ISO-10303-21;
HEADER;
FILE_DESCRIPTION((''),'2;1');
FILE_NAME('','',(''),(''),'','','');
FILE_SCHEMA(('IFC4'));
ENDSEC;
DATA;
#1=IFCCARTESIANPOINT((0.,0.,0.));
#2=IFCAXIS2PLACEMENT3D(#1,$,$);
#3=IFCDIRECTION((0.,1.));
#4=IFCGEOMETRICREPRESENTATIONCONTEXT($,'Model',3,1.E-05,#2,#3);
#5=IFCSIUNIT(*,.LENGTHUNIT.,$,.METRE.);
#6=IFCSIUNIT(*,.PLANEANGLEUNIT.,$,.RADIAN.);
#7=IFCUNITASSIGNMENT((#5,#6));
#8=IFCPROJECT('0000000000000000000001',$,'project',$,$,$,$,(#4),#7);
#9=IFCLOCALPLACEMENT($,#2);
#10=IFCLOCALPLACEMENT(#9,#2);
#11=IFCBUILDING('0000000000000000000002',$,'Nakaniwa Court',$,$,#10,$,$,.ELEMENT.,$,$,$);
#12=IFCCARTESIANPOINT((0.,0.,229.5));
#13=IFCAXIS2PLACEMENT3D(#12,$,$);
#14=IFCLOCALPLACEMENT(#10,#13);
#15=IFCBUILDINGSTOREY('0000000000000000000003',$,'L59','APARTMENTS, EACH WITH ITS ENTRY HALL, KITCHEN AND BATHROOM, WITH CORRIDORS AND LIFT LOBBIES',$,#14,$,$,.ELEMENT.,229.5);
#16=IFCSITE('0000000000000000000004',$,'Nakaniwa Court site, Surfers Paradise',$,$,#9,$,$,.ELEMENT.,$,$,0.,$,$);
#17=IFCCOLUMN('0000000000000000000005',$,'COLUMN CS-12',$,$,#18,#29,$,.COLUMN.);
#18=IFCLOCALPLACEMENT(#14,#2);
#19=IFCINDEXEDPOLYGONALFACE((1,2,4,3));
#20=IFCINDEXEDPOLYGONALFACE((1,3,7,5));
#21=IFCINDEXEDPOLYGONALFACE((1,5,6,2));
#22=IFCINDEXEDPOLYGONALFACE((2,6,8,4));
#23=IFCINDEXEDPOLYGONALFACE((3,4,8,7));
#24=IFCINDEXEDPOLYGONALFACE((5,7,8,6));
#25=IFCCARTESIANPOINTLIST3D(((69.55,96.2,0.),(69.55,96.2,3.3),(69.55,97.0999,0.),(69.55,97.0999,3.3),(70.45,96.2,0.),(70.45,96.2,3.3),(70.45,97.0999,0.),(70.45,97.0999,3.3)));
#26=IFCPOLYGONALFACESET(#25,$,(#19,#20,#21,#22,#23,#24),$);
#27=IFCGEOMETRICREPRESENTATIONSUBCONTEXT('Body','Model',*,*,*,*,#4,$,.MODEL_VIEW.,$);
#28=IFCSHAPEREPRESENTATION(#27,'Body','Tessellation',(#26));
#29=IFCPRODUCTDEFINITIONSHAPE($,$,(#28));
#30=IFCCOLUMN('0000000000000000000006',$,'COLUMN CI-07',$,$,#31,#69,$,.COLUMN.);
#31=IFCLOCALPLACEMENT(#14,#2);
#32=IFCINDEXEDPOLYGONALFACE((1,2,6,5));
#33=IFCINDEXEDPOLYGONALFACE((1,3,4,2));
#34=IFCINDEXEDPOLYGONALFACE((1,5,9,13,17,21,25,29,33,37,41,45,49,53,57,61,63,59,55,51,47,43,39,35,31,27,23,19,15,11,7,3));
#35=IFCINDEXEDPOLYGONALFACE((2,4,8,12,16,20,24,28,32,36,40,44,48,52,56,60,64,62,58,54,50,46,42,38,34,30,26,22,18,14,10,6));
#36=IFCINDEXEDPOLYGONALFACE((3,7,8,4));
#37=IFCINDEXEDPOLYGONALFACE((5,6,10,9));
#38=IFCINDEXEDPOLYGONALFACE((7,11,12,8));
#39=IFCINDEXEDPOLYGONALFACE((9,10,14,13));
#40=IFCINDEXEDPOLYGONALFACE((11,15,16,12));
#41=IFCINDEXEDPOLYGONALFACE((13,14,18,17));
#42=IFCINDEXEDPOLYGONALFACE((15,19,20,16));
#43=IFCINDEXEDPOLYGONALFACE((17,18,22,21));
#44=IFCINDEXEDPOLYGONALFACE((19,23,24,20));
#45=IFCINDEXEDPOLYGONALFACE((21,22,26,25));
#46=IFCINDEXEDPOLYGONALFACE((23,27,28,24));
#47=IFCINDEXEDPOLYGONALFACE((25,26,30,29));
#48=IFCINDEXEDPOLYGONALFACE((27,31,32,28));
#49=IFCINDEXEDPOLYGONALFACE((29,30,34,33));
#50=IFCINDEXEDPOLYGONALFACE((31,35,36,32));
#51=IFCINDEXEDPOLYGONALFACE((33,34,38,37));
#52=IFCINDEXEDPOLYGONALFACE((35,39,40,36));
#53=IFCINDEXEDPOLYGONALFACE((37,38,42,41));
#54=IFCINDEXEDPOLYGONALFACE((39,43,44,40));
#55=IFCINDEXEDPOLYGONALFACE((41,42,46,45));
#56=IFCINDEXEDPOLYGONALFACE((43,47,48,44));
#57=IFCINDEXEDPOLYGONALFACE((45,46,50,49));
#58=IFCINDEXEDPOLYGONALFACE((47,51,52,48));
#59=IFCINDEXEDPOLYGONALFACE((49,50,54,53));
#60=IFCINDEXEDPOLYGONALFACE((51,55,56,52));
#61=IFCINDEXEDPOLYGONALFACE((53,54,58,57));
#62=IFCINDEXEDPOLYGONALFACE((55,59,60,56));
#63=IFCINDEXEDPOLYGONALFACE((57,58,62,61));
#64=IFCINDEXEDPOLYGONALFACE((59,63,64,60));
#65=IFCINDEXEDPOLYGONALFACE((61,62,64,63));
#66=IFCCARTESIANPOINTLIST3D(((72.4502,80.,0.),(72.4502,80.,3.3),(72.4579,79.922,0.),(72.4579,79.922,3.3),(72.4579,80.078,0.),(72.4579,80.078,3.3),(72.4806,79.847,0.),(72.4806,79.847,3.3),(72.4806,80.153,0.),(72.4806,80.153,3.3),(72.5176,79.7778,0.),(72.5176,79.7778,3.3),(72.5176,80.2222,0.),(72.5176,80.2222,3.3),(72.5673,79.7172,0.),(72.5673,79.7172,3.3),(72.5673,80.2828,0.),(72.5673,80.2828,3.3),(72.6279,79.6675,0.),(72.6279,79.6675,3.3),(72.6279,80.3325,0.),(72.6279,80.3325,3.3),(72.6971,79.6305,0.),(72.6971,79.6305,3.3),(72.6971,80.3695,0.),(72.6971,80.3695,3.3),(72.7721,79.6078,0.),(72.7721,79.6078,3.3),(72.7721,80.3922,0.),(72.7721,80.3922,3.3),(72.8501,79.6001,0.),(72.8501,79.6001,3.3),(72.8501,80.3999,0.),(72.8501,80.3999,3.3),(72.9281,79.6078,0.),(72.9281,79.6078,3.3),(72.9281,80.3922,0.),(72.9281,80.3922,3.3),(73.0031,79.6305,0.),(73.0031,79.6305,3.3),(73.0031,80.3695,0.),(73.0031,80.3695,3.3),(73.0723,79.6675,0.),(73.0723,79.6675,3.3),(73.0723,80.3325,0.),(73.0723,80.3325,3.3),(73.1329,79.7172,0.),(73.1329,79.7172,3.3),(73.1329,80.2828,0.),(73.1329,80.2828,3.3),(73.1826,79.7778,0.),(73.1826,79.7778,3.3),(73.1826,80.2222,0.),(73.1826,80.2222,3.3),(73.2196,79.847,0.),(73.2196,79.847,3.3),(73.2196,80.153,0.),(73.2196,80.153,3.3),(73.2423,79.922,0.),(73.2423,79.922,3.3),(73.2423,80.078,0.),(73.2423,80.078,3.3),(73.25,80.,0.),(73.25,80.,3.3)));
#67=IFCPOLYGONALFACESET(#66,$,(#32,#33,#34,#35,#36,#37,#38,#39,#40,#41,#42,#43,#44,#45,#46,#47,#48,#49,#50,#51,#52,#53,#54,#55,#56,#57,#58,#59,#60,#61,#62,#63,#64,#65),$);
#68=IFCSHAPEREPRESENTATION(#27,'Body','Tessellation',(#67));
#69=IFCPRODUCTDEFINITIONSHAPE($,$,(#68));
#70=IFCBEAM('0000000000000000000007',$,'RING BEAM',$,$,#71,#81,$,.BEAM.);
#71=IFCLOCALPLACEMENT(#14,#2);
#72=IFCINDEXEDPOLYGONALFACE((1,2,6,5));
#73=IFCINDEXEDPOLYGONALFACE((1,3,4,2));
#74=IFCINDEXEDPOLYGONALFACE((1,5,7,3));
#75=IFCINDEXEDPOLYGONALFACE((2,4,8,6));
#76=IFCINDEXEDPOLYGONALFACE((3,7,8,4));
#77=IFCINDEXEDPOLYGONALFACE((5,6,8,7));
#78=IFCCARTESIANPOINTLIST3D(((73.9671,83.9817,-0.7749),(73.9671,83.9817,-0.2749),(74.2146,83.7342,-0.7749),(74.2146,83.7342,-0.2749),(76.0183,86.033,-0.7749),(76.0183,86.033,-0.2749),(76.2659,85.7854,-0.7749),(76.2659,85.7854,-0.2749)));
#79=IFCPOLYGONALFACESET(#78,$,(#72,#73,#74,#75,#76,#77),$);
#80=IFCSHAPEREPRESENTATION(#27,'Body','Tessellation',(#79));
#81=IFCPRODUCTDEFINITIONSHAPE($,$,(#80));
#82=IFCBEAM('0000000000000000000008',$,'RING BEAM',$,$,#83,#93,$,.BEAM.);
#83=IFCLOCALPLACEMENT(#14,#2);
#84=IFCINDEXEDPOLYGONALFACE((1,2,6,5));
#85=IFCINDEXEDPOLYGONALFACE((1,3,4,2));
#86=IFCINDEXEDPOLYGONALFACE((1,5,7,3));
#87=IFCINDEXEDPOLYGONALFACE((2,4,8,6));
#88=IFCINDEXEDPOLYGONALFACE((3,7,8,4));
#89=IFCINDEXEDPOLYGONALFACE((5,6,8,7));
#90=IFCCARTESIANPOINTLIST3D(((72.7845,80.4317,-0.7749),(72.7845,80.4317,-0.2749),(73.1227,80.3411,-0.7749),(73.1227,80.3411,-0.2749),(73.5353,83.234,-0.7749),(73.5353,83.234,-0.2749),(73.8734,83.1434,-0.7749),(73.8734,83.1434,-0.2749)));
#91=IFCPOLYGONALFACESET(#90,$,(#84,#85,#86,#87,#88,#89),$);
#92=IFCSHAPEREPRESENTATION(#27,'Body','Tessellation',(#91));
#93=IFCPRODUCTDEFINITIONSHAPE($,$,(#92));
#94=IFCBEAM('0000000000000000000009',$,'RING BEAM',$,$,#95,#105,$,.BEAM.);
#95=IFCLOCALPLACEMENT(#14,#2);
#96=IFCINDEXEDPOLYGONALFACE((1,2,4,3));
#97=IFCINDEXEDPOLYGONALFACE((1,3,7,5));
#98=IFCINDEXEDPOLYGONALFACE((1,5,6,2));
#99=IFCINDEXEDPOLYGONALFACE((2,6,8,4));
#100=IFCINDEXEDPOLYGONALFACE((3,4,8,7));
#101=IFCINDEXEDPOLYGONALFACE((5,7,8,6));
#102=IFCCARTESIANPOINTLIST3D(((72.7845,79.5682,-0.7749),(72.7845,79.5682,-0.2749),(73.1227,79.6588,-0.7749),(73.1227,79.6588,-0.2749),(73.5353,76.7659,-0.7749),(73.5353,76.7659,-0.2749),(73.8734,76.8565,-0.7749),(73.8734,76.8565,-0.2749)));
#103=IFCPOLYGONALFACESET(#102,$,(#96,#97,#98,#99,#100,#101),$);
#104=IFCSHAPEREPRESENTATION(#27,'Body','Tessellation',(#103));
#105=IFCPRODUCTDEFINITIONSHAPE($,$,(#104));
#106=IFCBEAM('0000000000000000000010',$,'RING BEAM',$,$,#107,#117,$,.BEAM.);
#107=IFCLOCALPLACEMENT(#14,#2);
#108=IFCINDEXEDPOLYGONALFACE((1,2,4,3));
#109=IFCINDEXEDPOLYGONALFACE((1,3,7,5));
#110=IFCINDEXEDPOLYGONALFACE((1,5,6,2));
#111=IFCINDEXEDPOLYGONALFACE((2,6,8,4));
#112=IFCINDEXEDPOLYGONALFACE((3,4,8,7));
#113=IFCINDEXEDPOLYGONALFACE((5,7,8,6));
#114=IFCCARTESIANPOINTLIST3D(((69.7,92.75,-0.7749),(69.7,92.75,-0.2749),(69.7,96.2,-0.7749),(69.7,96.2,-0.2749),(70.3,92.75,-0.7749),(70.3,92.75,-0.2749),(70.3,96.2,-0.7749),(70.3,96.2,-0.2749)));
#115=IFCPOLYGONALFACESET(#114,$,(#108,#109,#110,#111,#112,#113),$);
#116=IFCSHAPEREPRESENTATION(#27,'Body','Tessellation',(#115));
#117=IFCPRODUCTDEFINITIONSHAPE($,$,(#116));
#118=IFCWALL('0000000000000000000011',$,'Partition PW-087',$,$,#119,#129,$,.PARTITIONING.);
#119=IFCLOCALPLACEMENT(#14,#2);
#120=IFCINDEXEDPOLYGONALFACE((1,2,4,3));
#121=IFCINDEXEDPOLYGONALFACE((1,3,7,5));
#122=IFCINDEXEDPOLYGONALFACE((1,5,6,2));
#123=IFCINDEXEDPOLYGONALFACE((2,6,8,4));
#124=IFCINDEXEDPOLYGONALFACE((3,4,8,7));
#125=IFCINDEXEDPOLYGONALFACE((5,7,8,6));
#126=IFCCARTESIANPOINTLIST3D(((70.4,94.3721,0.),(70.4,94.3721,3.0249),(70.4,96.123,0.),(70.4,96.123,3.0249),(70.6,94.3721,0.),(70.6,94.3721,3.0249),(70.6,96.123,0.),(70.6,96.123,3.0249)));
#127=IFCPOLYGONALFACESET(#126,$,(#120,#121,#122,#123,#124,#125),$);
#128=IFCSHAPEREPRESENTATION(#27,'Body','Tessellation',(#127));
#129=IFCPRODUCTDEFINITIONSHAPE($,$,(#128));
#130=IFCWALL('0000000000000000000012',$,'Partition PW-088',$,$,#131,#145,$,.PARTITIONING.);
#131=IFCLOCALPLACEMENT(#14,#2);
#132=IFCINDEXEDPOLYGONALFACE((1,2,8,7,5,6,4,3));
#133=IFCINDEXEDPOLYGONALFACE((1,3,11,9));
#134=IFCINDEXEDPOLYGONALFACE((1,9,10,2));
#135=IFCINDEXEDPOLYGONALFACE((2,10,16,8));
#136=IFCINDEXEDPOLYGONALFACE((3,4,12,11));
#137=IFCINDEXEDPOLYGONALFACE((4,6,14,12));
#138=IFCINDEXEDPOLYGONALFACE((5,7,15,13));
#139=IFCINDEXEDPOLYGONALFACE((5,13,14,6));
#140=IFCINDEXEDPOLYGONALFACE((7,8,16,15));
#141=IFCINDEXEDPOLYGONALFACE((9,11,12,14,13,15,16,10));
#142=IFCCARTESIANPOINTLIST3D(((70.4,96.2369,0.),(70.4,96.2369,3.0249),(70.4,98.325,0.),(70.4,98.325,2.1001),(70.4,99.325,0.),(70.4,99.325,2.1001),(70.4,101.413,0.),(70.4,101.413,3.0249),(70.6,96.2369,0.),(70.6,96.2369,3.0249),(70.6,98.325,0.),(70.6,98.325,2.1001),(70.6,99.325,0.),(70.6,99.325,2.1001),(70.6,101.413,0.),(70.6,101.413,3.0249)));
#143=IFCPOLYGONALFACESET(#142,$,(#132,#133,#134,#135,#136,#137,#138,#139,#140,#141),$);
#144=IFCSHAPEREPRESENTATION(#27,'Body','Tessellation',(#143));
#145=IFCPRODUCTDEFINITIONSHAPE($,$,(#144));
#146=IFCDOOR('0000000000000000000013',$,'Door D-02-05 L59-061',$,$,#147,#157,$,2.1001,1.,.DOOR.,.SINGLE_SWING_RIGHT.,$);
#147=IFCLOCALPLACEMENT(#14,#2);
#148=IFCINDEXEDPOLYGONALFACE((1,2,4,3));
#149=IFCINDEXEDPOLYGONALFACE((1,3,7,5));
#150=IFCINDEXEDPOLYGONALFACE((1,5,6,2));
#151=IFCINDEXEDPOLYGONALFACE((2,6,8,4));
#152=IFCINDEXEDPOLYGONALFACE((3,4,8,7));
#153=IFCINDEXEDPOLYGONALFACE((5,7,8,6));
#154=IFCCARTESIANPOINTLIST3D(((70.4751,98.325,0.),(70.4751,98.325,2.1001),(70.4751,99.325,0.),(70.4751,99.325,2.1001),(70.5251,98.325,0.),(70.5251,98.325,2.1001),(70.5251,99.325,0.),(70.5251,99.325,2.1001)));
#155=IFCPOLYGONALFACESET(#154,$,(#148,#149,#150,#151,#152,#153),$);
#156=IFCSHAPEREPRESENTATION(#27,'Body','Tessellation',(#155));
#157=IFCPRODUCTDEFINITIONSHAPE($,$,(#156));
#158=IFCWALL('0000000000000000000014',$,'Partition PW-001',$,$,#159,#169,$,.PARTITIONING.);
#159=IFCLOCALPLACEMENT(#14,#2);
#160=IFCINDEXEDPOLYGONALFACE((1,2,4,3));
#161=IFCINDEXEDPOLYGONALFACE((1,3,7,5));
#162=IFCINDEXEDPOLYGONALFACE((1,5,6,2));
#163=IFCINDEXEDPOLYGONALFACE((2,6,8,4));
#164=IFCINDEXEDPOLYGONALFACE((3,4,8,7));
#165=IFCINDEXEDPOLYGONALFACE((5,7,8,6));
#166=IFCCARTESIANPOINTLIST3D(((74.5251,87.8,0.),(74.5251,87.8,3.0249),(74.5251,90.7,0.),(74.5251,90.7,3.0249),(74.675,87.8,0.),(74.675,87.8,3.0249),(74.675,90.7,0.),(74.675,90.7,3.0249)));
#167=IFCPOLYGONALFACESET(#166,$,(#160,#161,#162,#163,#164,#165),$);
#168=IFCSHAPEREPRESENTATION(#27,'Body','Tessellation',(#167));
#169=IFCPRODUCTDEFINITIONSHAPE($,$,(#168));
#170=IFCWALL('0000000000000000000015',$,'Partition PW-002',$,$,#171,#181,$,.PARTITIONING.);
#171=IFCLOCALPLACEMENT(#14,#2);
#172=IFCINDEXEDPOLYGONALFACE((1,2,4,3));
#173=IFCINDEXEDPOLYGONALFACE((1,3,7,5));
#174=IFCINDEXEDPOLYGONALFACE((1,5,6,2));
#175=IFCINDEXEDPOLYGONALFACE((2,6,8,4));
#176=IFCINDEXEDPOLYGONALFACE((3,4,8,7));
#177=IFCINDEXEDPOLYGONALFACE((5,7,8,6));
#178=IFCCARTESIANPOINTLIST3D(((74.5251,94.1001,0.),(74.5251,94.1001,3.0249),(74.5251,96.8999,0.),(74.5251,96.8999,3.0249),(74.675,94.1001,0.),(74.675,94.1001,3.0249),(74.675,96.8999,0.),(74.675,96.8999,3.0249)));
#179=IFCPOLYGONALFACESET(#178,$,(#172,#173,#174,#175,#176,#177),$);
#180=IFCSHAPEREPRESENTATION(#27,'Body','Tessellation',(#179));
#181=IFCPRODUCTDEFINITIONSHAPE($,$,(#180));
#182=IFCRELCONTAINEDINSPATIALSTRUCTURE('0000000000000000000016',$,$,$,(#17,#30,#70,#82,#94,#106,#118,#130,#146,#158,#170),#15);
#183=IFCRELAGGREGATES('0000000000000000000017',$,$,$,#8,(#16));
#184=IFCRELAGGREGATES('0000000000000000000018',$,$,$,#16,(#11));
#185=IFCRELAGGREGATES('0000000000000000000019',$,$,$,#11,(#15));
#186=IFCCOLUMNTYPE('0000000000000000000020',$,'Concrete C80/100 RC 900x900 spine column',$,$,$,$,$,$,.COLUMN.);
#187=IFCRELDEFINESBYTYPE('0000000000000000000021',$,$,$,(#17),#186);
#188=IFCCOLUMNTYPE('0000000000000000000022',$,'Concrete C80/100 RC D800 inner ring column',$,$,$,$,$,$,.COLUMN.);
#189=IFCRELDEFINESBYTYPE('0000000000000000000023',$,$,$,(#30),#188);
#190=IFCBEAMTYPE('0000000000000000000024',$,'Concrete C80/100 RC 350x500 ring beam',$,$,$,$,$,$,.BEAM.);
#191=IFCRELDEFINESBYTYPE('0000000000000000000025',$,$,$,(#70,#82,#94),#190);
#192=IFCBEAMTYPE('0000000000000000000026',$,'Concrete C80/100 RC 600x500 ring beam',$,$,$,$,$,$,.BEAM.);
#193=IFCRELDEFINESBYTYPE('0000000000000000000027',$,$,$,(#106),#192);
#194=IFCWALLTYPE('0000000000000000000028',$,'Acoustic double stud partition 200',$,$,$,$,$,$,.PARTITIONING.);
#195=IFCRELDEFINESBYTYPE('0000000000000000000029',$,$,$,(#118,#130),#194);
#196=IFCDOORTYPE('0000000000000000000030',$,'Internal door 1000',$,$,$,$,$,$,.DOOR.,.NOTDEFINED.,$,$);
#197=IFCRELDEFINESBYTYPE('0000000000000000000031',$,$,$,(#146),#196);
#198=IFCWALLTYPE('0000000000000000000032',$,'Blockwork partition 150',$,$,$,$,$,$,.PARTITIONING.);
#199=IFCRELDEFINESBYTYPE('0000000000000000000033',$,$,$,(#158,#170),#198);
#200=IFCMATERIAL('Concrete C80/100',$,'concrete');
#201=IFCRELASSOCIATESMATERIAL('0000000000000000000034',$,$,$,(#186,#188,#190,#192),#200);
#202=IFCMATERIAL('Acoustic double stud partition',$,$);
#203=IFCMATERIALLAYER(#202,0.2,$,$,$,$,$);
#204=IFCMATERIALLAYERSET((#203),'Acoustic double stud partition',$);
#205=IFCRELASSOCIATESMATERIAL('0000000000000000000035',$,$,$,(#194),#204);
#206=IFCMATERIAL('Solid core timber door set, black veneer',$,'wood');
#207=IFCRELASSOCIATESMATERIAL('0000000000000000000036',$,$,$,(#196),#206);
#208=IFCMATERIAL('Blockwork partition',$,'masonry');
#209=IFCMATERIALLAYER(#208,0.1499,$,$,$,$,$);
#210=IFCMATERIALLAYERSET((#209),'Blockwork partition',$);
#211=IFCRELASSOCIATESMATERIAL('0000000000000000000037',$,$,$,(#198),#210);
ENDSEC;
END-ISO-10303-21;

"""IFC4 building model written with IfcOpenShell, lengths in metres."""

from ifc_helpers import new_model, si_unit, direction, frame, frame_2d, origin, origin_2d, place, context, subcontext, project, spatial, rectangle, circle, extrude, material, layer, layer_set, material_profile, profile_set, type_object, element, fill, save


model = new_model("IFC4")

# Units and contexts
model_context = context("Model", 3, precision=1e-05, world=origin(), true_north=direction((0.0, 1.0)))
body_context = subcontext(model_context, "Body", "Model", "MODEL_VIEW")
ifc_project = project(units=[si_unit("LENGTHUNIT", "METRE"), si_unit("PLANEANGLEUNIT", "RADIAN")], contexts=[model_context])

# Site, building, storey
site_placement = place(None, origin())
site = spatial("IfcSite", under=ifc_project, at=site_placement, Name="Nakaniwa Court site, Surfers Paradise", CompositionType="ELEMENT", RefElevation=0.0)
building_placement = place(site_placement, origin())
building = spatial("IfcBuilding", under=site, at=building_placement, Name="Nakaniwa Court", CompositionType="ELEMENT")
storey_placement = place(building_placement, frame((0.0, 0.0, 229.5)))
storey = spatial("IfcBuildingStorey", under=building, at=storey_placement, Name="L59", Description="APARTMENTS, EACH WITH ITS ENTRY HALL, KITCHEN AND BATHROOM, WITH CORRIDORS AND LIFT LOBBIES", CompositionType="ELEMENT", Elevation=229.5)

# Columns
ifc_material_1 = material(Name="Concrete C80/100", Category="concrete")
ifc_material_profile_1 = material_profile(ifc_material_1, rectangle(XDim=0.8999, YDim=0.8999, at=origin_2d()), Name="Concrete C80/100 RC 900x900 spine column")
ifc_profile_set_1 = profile_set([ifc_material_profile_1], Name="Concrete C80/100")
column_type_1 = type_object("IfcColumnType", Name="Concrete C80/100 RC 900x900 spine column", PredefinedType="COLUMN", material=ifc_profile_set_1)
column_placement = place(storey_placement, frame((70.0, 96.6499, 0.0), z_axis=(0.0, 0.0, 1.0), x_axis=(0.0, -1.0, 0.0)))
element("IfcColumn", 1, at=column_placement, inside=storey, type_object=column_type_1, Name="COLUMN CS-12", PredefinedType="COLUMN", context=body_context, shape_type="SweptSolid", body=[
    extrude(rectangle(XDim=0.8999, YDim=0.8999, at=origin_2d()), origin(), (0.0, 0.0, 1.0), 3.3),
])
ifc_material_profile_2 = material_profile(ifc_material_1, circle(Radius=0.3999, at=origin_2d()), Name="Concrete C80/100 RC D800 inner ring column")
ifc_profile_set_2 = profile_set([ifc_material_profile_2], Name="Concrete C80/100")
column_type_2 = type_object("IfcColumnType", Name="Concrete C80/100 RC D800 inner ring column", PredefinedType="COLUMN", material=ifc_profile_set_2)
for number, where, z_axis, x_axis, name in (
    (2, (72.8501, 80.0, 0.0), (0.0, 0.0, 1.0), (0.0, -1.0, 0.0), "COLUMN CI-07"),
):
    element("IfcColumn", number, at=place(storey_placement, frame(where, z_axis=z_axis, x_axis=x_axis)), inside=storey, type_object=column_type_2, Name=name, PredefinedType="COLUMN", context=body_context, shape_type="SweptSolid", body=[
        extrude(circle(Radius=0.3999, at=origin_2d()), origin(), (0.0, 0.0, 1.0), 3.3),
    ])

# Beams
ifc_material_profile_3 = material_profile(ifc_material_1, rectangle(XDim=0.3501, YDim=0.5, at=origin_2d()), Name="Concrete C80/100 RC 350x500 ring beam")
ifc_profile_set_3 = profile_set([ifc_material_profile_3], Name="Concrete C80/100")
beam_type_1 = type_object("IfcBeamType", Name="Concrete C80/100 RC 350x500 ring beam", PredefinedType="BEAM", material=ifc_profile_set_3)
beam_1_placement = place(storey_placement, frame((76.1421, 85.9092, -0.5249), z_axis=(-0.707107, -0.707107, 0.0), x_axis=(0.707107, -0.707107, 0.0)))
element("IfcBeam", 3, at=beam_1_placement, inside=storey, type_object=beam_type_1, Name="RING BEAM", PredefinedType="BEAM", context=body_context, shape_type="SweptSolid", body=[
    extrude(rectangle(XDim=0.3501, YDim=0.5, at=origin_2d()), origin(), (0.0, 0.0, 1.0), 2.9009),
])
for number, where, z_axis, x_axis, name in (
    (4, (73.7043, 83.1887, -0.5249), (-0.258778, -0.965937, 0.0), (0.965937, -0.258778, 0.0), "RING BEAM"),
    (5, (72.9536, 79.6135, -0.5249), (0.258778, -0.965937, 0.0), (0.965937, 0.258778, 0.0), "RING BEAM"),
):
    element("IfcBeam", number, at=place(storey_placement, frame(where, z_axis=z_axis, x_axis=x_axis)), inside=storey, type_object=beam_type_1, Name=name, PredefinedType="BEAM", context=body_context, shape_type="SweptSolid", body=[
        extrude(rectangle(XDim=0.3501, YDim=0.5, at=origin_2d()), origin(), (0.0, 0.0, 1.0), 2.9011),
    ])
ifc_material_profile_4 = material_profile(ifc_material_1, rectangle(XDim=0.6001, YDim=0.5, at=origin_2d()), Name="Concrete C80/100 RC 600x500 ring beam")
ifc_profile_set_4 = profile_set([ifc_material_profile_4], Name="Concrete C80/100")
beam_type_2 = type_object("IfcBeamType", Name="Concrete C80/100 RC 600x500 ring beam", PredefinedType="BEAM", material=ifc_profile_set_4)
beam_2_placement = place(storey_placement, frame((70.0, 96.2, -0.5249), z_axis=(0.0, -1.0, 0.0), x_axis=(1.0, 0.0, 0.0)))
element("IfcBeam", 6, at=beam_2_placement, inside=storey, type_object=beam_type_2, Name="RING BEAM", PredefinedType="BEAM", context=body_context, shape_type="SweptSolid", body=[
    extrude(rectangle(XDim=0.6001, YDim=0.5, at=origin_2d()), origin(), (0.0, 0.0, 1.0), 3.45),
])

# Wall
ifc_material_2 = material(Name="Acoustic double stud partition")
ifc_layer_1 = layer(ifc_material_2, 0.2)
ifc_layer_set_1 = layer_set([ifc_layer_1], Name="Acoustic double stud partition")
wall_type_1 = type_object("IfcWallType", Name="Acoustic double stud partition 200", PredefinedType="PARTITIONING", material=ifc_layer_set_1)
wall_1_placement = place(storey_placement, frame((70.5, 94.3721, 0.0), z_axis=(0.0, 0.0, 1.0), x_axis=(0.0, 1.0, 0.0)))
element("IfcWall", 7, at=wall_1_placement, inside=storey, type_object=wall_type_1, Name="Partition PW-087", PredefinedType="PARTITIONING", context=body_context, shape_type="SweptSolid", body=[
    extrude(rectangle(XDim=1.751, YDim=0.2, at=frame_2d((0.8755, 0.0))), origin(), (0.0, 0.0, 1.0), 3.0249),
])

# Wall, opening, door
wall_2_placement = place(storey_placement, frame((70.5, 96.2371, 0.0), z_axis=(0.0, 0.0, 1.0), x_axis=(0.0, 1.0, 0.0)))
wall_2 = element("IfcWall", 8, at=wall_2_placement, inside=storey, type_object=wall_type_1, Name="Partition PW-088", PredefinedType="PARTITIONING", context=body_context, shape_type="SweptSolid", body=[
    extrude(rectangle(XDim=5.176, YDim=0.2, at=frame_2d((2.5879, 0.0))), origin(), (0.0, 0.0, 1.0), 3.0249),
])
opening_1_placement = place(wall_2_placement, frame((2.0879, 0.0, 0.0)))
opening_1 = element("IfcOpeningElement", 9, at=opening_1_placement, cuts=wall_2, PredefinedType="OPENING", context=body_context, shape_type="SweptSolid", body=[
    extrude(rectangle(XDim=1.0, YDim=2.1001, at=frame_2d((0.5, 1.05))), frame((0.0, 0.1099, 0.0), z_axis=(0.0, -1.0, 0.0), x_axis=(1.0, 0.0, 0.0)), (0.0, 0.0, 1.0), 0.22),
])
ifc_material_3 = material(Name="Solid core timber door set, black veneer", Category="wood")
door_type_1 = type_object("IfcDoorType", Name="Internal door 1000", OperationType="NOTDEFINED", PredefinedType="DOOR", material=ifc_material_3)
door_1_placement = place(opening_1_placement, origin())
door_1 = element("IfcDoor", 10, at=door_1_placement, inside=storey, type_object=door_type_1, Name="Door D-02-05 L59-061", OperationType="SINGLE_SWING_RIGHT", OverallHeight=2.1001, OverallWidth=1.0, PredefinedType="DOOR", context=body_context, shape_type="SweptSolid", body=[
    extrude(rectangle(XDim=1.0, YDim=2.1001, at=frame_2d((0.5, 1.05))), frame((0.0, 0.0249, 0.0), z_axis=(0.0, -1.0, 0.0), x_axis=(1.0, 0.0, 0.0)), (0.0, 0.0, 1.0), 0.05),
])
fill(opening_1, door_1)

# Walls
ifc_material_4 = material(Name="Blockwork partition", Category="masonry")
ifc_layer_2 = layer(ifc_material_4, 0.1499)
ifc_layer_set_2 = layer_set([ifc_layer_2], Name="Blockwork partition")
wall_type_2 = type_object("IfcWallType", Name="Blockwork partition 150", PredefinedType="PARTITIONING", material=ifc_layer_set_2)
wall_3_placement = place(storey_placement, frame((74.6001, 87.8, 0.0), z_axis=(0.0, 0.0, 1.0), x_axis=(0.0, 1.0, 0.0)))
element("IfcWall", 11, at=wall_3_placement, inside=storey, type_object=wall_type_2, Name="Partition PW-001", PredefinedType="PARTITIONING", context=body_context, shape_type="SweptSolid", body=[
    extrude(rectangle(XDim=2.8999, YDim=0.1499, at=frame_2d((1.45, 0.0))), origin(), (0.0, 0.0, 1.0), 3.0249),
])
wall_4_placement = place(storey_placement, frame((74.6001, 94.1001, 0.0), z_axis=(0.0, 0.0, 1.0), x_axis=(0.0, 1.0, 0.0)))
element("IfcWall", 12, at=wall_4_placement, inside=storey, type_object=wall_type_2, Name="Partition PW-002", PredefinedType="PARTITIONING", context=body_context, shape_type="SweptSolid", body=[
    extrude(rectangle(XDim=2.7998, YDim=0.1499, at=frame_2d((1.3999, 0.0))), origin(), (0.0, 0.0, 1.0), 3.0249),
])

save(model, "model.ifc")
